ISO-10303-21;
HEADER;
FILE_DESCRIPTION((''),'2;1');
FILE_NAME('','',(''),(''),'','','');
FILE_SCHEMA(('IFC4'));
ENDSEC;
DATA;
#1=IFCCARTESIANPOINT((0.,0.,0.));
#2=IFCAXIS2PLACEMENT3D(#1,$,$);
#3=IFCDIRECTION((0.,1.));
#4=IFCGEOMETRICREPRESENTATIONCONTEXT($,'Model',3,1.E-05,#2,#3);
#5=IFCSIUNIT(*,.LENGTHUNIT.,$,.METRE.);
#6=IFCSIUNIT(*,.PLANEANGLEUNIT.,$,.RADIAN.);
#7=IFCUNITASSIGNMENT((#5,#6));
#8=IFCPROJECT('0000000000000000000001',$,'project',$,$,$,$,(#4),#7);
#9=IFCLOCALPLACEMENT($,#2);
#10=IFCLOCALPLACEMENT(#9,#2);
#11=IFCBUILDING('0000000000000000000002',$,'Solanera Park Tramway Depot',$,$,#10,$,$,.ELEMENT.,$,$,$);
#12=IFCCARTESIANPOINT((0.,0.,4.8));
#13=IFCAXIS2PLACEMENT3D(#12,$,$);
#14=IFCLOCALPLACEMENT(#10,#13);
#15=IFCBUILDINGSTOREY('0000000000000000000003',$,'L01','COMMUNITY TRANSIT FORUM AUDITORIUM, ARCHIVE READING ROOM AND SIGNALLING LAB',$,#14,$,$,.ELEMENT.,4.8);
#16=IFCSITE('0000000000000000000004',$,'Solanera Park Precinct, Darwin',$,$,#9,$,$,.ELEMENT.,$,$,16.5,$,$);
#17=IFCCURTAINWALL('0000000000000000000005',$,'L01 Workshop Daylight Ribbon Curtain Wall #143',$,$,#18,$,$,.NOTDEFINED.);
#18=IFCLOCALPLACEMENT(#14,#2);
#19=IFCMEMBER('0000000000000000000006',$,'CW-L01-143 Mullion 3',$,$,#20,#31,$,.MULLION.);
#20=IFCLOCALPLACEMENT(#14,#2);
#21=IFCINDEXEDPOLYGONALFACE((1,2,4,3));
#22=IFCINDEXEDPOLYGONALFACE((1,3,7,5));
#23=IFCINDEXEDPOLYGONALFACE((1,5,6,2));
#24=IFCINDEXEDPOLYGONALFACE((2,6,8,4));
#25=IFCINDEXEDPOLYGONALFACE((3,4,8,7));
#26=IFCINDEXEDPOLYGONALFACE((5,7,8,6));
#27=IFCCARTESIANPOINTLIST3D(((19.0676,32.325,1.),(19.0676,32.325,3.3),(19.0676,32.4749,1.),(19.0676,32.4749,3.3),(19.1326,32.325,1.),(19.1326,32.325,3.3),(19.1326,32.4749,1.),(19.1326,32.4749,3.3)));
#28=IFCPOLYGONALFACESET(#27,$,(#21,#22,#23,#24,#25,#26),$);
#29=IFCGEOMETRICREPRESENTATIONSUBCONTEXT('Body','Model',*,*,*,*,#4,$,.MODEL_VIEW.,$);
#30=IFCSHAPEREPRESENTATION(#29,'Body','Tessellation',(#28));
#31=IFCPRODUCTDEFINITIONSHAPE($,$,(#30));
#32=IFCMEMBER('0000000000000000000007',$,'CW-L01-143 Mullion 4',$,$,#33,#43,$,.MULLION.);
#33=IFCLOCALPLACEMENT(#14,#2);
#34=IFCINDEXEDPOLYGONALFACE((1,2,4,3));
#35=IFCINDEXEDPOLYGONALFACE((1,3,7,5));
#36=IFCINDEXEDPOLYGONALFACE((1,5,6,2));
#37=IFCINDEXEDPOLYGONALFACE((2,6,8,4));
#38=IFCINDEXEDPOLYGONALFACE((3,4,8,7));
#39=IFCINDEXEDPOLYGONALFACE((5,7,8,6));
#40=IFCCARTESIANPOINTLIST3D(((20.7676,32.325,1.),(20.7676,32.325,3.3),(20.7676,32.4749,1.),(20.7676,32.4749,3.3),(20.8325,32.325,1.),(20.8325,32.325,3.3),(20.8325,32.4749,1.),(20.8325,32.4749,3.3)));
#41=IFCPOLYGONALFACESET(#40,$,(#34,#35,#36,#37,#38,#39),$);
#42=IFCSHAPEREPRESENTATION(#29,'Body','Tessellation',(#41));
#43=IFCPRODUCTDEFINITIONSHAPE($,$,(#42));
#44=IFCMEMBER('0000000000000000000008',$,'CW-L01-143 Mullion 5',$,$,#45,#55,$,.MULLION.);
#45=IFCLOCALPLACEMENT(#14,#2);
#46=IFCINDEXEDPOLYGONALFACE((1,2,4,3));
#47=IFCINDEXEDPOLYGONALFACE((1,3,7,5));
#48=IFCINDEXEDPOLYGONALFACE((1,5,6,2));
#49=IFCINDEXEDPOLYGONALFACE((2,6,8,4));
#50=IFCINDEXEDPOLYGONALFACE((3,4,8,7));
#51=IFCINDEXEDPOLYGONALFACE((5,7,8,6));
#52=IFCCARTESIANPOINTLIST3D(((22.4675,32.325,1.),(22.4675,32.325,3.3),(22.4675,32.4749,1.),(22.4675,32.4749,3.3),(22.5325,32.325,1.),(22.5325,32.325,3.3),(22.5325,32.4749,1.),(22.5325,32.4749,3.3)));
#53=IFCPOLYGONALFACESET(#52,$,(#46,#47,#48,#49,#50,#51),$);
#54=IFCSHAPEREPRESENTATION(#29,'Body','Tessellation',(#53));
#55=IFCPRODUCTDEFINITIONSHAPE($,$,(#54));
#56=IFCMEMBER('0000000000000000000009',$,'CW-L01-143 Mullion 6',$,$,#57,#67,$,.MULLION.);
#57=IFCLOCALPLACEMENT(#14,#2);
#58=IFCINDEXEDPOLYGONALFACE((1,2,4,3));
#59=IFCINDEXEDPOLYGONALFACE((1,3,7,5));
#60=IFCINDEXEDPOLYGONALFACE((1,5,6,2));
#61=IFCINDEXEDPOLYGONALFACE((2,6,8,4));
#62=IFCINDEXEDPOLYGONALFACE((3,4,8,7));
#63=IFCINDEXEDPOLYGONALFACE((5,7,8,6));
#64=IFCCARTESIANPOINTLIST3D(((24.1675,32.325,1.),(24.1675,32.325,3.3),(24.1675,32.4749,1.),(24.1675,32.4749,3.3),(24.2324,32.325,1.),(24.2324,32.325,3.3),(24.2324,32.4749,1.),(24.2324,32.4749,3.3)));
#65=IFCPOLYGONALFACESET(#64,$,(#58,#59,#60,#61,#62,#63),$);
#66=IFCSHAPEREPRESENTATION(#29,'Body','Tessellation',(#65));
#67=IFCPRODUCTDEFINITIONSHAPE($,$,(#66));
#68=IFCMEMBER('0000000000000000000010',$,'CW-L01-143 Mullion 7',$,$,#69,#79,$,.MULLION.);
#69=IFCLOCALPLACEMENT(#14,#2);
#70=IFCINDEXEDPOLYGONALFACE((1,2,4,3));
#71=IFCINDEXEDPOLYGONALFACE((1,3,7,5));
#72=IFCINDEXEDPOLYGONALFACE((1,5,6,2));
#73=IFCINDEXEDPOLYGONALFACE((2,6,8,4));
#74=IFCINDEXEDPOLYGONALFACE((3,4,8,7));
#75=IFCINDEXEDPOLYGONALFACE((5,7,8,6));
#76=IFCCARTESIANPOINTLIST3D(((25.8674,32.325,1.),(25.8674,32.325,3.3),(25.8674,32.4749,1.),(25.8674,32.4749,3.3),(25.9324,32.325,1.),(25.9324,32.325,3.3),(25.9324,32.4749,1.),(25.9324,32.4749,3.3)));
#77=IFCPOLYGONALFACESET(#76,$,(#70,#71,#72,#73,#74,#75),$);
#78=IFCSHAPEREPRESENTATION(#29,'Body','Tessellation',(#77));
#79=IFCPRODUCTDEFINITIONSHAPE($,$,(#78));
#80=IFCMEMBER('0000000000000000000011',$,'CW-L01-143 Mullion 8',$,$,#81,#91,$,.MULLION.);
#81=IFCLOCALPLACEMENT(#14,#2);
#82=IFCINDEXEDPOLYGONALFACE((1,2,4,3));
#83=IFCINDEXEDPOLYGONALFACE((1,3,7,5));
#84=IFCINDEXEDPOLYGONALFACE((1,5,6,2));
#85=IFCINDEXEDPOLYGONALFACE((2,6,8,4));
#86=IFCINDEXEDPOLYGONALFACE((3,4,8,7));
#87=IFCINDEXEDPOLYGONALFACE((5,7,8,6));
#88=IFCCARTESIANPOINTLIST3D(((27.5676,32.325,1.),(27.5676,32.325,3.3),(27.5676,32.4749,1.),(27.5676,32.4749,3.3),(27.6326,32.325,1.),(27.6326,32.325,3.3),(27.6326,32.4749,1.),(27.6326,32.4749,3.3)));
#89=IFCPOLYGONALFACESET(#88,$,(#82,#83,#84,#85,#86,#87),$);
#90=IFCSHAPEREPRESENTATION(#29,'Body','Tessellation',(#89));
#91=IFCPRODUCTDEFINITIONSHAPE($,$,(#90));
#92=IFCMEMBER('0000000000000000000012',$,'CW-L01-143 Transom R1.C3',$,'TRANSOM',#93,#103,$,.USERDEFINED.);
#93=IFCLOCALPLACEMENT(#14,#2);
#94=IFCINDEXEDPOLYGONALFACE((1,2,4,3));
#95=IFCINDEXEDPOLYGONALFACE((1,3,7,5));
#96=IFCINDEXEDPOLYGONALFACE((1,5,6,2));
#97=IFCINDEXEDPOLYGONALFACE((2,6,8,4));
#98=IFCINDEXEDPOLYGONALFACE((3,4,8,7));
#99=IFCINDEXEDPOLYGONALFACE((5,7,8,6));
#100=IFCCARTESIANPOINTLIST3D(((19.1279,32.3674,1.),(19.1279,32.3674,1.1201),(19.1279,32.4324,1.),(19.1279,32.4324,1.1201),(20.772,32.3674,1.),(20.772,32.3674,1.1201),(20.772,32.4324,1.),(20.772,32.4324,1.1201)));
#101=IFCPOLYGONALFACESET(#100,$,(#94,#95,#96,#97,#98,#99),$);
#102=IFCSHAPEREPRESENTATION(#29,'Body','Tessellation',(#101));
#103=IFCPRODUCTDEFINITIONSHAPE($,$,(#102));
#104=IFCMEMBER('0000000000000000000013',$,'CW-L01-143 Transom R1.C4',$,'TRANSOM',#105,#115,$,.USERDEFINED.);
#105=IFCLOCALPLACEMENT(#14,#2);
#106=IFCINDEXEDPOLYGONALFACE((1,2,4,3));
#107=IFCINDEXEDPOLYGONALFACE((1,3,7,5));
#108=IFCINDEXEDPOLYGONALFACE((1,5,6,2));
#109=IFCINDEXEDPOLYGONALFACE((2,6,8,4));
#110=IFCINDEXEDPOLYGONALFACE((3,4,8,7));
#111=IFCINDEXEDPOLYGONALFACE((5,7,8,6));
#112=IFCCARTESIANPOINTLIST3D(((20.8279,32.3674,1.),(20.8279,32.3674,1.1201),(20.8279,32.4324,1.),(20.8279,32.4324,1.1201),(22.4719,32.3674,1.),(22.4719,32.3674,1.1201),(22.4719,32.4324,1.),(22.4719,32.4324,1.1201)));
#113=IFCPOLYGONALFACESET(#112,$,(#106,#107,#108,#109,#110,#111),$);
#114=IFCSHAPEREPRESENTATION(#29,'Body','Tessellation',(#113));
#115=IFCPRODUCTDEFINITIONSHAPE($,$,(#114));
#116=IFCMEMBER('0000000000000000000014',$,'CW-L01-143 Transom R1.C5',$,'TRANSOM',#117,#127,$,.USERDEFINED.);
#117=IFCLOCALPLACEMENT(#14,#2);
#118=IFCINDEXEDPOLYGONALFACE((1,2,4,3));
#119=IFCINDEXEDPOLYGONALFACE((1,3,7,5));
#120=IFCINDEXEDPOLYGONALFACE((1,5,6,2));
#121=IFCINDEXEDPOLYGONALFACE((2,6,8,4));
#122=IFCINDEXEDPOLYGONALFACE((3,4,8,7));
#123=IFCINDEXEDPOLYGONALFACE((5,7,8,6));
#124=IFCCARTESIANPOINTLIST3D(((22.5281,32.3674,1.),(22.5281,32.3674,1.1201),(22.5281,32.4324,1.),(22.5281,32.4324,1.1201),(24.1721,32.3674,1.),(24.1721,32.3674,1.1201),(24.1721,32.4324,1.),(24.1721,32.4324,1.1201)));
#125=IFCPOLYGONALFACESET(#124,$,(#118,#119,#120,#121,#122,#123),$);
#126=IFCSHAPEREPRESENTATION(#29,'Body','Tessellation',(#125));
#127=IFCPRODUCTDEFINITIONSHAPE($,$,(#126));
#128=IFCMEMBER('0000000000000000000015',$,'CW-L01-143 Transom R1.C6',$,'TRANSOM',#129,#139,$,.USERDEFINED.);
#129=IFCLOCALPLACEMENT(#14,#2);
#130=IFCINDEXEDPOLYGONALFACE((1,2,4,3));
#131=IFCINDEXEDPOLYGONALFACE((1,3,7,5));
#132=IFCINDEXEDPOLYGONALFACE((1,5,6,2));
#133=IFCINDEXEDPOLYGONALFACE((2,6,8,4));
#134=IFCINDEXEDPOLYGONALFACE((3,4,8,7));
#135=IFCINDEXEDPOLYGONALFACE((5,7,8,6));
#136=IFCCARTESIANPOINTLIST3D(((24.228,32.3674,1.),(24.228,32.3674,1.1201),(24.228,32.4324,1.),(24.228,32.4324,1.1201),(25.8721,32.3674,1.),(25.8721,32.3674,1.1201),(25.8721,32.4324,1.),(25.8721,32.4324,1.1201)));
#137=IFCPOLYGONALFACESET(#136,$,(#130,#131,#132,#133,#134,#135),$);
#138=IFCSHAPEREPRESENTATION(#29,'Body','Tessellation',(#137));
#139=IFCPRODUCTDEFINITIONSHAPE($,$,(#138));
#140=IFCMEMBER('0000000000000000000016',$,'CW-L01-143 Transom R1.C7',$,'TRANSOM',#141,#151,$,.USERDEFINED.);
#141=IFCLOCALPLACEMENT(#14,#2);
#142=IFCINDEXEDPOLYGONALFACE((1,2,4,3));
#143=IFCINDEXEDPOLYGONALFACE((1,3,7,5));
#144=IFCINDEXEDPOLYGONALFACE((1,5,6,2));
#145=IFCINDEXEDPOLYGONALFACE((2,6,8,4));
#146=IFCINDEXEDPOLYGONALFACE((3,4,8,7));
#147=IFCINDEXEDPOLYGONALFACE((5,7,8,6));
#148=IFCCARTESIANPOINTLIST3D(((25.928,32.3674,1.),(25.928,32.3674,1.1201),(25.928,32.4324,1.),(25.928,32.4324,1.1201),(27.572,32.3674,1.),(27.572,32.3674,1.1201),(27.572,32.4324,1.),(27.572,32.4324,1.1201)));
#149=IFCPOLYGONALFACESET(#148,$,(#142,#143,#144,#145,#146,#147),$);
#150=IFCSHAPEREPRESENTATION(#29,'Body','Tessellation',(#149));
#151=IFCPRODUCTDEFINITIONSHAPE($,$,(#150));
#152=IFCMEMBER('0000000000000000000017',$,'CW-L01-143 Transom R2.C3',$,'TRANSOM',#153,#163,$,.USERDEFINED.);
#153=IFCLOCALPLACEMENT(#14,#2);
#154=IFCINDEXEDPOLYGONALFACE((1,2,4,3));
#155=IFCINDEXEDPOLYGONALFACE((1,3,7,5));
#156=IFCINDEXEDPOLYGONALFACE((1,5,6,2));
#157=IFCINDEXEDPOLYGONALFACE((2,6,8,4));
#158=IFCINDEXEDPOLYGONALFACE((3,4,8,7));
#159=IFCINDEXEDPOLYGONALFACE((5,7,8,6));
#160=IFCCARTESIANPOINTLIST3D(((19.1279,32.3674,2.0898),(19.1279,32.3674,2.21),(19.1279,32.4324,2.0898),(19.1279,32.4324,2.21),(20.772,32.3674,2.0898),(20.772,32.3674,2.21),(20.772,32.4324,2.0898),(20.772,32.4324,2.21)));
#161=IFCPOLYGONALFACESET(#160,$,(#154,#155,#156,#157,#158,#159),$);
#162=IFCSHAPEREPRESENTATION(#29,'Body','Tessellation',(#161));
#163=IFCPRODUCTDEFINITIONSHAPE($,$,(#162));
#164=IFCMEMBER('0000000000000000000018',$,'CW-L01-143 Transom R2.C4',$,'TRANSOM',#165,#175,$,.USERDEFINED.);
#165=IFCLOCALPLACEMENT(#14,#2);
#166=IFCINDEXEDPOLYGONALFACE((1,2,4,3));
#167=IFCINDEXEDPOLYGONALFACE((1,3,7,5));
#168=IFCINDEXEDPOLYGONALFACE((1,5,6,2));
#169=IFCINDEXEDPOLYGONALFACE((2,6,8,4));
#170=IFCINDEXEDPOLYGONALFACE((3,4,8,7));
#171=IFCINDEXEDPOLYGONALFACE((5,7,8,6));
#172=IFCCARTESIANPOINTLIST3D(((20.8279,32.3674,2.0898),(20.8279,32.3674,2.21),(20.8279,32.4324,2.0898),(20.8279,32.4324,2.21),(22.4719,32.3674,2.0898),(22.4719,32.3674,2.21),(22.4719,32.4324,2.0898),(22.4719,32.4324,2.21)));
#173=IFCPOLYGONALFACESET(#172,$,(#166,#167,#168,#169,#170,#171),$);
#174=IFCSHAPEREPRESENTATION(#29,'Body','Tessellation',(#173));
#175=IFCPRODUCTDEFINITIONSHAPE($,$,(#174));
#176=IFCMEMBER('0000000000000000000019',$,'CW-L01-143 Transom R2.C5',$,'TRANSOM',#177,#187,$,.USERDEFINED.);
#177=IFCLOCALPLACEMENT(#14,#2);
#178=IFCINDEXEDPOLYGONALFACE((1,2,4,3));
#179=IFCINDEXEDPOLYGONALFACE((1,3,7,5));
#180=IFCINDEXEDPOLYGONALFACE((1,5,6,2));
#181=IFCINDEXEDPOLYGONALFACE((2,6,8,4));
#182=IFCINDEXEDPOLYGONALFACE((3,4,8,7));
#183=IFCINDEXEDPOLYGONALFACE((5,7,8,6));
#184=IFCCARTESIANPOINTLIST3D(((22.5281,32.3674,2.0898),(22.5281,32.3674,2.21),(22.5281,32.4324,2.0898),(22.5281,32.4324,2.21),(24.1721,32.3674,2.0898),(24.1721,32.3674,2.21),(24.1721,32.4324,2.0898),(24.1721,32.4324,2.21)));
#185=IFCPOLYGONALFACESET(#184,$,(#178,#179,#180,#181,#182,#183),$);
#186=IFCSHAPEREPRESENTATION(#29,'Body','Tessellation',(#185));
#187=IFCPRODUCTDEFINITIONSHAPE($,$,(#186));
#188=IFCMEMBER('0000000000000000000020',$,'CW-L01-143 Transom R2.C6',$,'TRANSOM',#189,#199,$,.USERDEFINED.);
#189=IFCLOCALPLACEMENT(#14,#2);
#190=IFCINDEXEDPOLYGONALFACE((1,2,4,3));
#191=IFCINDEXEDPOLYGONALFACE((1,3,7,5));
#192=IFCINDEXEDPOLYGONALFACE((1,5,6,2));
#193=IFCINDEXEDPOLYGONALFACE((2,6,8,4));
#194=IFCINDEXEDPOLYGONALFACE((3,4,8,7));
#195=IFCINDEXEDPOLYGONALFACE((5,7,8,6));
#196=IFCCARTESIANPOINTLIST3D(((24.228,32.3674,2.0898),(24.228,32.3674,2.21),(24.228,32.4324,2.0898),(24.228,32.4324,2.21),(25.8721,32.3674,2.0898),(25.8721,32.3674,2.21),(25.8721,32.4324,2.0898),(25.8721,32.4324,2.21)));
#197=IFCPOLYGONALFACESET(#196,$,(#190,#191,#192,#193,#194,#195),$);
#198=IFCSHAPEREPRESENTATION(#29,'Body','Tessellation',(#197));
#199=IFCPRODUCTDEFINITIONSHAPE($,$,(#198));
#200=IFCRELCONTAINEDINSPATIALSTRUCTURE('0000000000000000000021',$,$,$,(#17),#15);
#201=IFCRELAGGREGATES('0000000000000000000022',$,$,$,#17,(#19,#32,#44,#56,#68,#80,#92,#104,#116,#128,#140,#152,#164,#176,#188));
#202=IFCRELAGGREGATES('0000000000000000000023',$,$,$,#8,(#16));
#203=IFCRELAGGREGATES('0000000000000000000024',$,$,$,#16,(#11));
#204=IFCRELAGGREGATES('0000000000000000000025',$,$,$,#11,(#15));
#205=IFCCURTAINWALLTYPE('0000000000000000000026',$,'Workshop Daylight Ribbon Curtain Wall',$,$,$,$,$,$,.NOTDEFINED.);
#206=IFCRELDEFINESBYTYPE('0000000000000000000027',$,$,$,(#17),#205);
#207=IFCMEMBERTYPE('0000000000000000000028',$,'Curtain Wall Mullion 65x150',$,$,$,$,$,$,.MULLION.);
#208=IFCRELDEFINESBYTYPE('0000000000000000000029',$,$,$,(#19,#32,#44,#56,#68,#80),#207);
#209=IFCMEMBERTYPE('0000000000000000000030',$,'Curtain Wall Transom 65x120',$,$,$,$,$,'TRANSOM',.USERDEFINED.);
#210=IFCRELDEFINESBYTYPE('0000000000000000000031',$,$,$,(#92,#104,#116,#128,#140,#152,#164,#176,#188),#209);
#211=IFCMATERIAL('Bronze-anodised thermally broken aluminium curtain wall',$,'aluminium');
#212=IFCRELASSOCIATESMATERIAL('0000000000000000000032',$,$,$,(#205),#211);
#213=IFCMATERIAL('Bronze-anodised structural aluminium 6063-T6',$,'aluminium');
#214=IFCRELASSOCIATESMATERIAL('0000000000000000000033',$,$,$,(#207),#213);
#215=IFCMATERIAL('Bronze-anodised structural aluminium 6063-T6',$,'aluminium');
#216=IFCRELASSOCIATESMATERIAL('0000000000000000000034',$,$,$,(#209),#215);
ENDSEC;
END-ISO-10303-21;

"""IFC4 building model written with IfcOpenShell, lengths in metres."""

from ifc_helpers import new_model, si_unit, direction, frame, origin, origin_2d, place, context, subcontext, project, spatial, rectangle, extrude, material, material_profile, profile_set, type_object, element, aggregate, save


model = new_model("IFC4")

# Units and contexts
model_context = context("Model", 3, precision=1e-05, world=origin(), true_north=direction((0.0, 1.0)))
body_context = subcontext(model_context, "Body", "Model", "MODEL_VIEW")
ifc_project = project(units=[si_unit("LENGTHUNIT", "METRE"), si_unit("PLANEANGLEUNIT", "RADIAN")], contexts=[model_context])

# Site, building, storey
site_placement = place(None, origin())
site = spatial("IfcSite", under=ifc_project, at=site_placement, Name="Solanera Park Precinct, Darwin", CompositionType="ELEMENT", RefElevation=16.5)
building_placement = place(site_placement, origin())
building = spatial("IfcBuilding", under=site, at=building_placement, Name="Solanera Park Tramway Depot", CompositionType="ELEMENT")
storey_placement = place(building_placement, frame((0.0, 0.0, 4.8)))
storey = spatial("IfcBuildingStorey", under=building, at=storey_placement, Name="L01", Description="COMMUNITY TRANSIT FORUM AUDITORIUM, ARCHIVE READING ROOM AND SIGNALLING LAB", CompositionType="ELEMENT", Elevation=4.8)

# Curtain wall, members
ifc_material_1 = material(Name="Bronze-anodised thermally broken aluminium curtain wall", Category="aluminium")
curtain_wall_type = type_object("IfcCurtainWallType", Name="Workshop Daylight Ribbon Curtain Wall", PredefinedType="NOTDEFINED", material=ifc_material_1)
curtain_wall_placement = place(storey_placement, origin())
curtain_wall = element("IfcCurtainWall", 1, at=curtain_wall_placement, inside=storey, type_object=curtain_wall_type, Name="L01 Workshop Daylight Ribbon Curtain Wall #143", PredefinedType="NOTDEFINED")
ifc_material_2 = material(Name="Bronze-anodised structural aluminium 6063-T6", Category="aluminium")
ifc_material_profile_1 = material_profile(ifc_material_2, rectangle(XDim=0.0649, YDim=0.1499, at=origin_2d()), Name="Curtain Wall Mullion 65x150")
ifc_profile_set_1 = profile_set([ifc_material_profile_1], Name="Bronze-anodised structural aluminium 6063-T6")
member_type_1 = type_object("IfcMemberType", Name="Curtain Wall Mullion 65x150", PredefinedType="MULLION", material=ifc_profile_set_1)
member_1_placement = place(storey_placement, frame((19.1001, 32.3999, 1.0), z_axis=(0.0, 0.0, 1.0), x_axis=(1.0, 0.0, 0.0)))
member_1 = element("IfcMember", 2, at=member_1_placement, type_object=member_type_1, Name="CW-L01-143 Mullion 3", PredefinedType="MULLION", context=body_context, shape_type="SweptSolid", body=[
    extrude(rectangle(XDim=0.0649, YDim=0.1499, at=origin_2d()), origin(), (0.0, 0.0, 1.0), 2.3),
])
member_2_placement = place(storey_placement, frame((20.8, 32.3999, 1.0), z_axis=(0.0, 0.0, 1.0), x_axis=(1.0, 0.0, 0.0)))
member_2 = element("IfcMember", 3, at=member_2_placement, type_object=member_type_1, Name="CW-L01-143 Mullion 4", PredefinedType="MULLION", context=body_context, shape_type="SweptSolid", body=[
    extrude(rectangle(XDim=0.0649, YDim=0.1499, at=origin_2d()), origin(), (0.0, 0.0, 1.0), 2.3),
])
member_3_placement = place(storey_placement, frame((22.5, 32.3999, 1.0), z_axis=(0.0, 0.0, 1.0), x_axis=(1.0, 0.0, 0.0)))
member_3 = element("IfcMember", 4, at=member_3_placement, type_object=member_type_1, Name="CW-L01-143 Mullion 5", PredefinedType="MULLION", context=body_context, shape_type="SweptSolid", body=[
    extrude(rectangle(XDim=0.0649, YDim=0.1499, at=origin_2d()), origin(), (0.0, 0.0, 1.0), 2.3),
])
member_4_placement = place(storey_placement, frame((24.2, 32.3999, 1.0), z_axis=(0.0, 0.0, 1.0), x_axis=(1.0, 0.0, 0.0)))
member_4 = element("IfcMember", 5, at=member_4_placement, type_object=member_type_1, Name="CW-L01-143 Mullion 6", PredefinedType="MULLION", context=body_context, shape_type="SweptSolid", body=[
    extrude(rectangle(XDim=0.0649, YDim=0.1499, at=origin_2d()), origin(), (0.0, 0.0, 1.0), 2.3),
])
member_5_placement = place(storey_placement, frame((25.8999, 32.3999, 1.0), z_axis=(0.0, 0.0, 1.0), x_axis=(1.0, 0.0, 0.0)))
member_5 = element("IfcMember", 6, at=member_5_placement, type_object=member_type_1, Name="CW-L01-143 Mullion 7", PredefinedType="MULLION", context=body_context, shape_type="SweptSolid", body=[
    extrude(rectangle(XDim=0.0649, YDim=0.1499, at=origin_2d()), origin(), (0.0, 0.0, 1.0), 2.3),
])
member_6_placement = place(storey_placement, frame((27.6001, 32.3999, 1.0), z_axis=(0.0, 0.0, 1.0), x_axis=(1.0, 0.0, 0.0)))
member_6 = element("IfcMember", 7, at=member_6_placement, type_object=member_type_1, Name="CW-L01-143 Mullion 8", PredefinedType="MULLION", context=body_context, shape_type="SweptSolid", body=[
    extrude(rectangle(XDim=0.0649, YDim=0.1499, at=origin_2d()), origin(), (0.0, 0.0, 1.0), 2.3),
])
ifc_material_3 = material(Name="Bronze-anodised structural aluminium 6063-T6", Category="aluminium")
ifc_material_profile_2 = material_profile(ifc_material_3, rectangle(XDim=0.0649, YDim=0.1201, at=origin_2d()), Name="Curtain Wall Transom 65x120")
ifc_profile_set_2 = profile_set([ifc_material_profile_2], Name="Bronze-anodised structural aluminium 6063-T6")
member_type_2 = type_object("IfcMemberType", Name="Curtain Wall Transom 65x120", ElementType="TRANSOM", PredefinedType="USERDEFINED", material=ifc_profile_set_2)
member_7_placement = place(storey_placement, frame((19.1279, 32.3999, 1.0601), z_axis=(1.0, 0.0, 0.0), x_axis=(0.0, 1.0, 0.0)))
member_7 = element("IfcMember", 8, at=member_7_placement, type_object=member_type_2, Name="CW-L01-143 Transom R1.C3", ObjectType="TRANSOM", PredefinedType="USERDEFINED", context=body_context, shape_type="SweptSolid", body=[
    extrude(rectangle(XDim=0.0649, YDim=0.1201, at=origin_2d()), origin(), (0.0, 0.0, 1.0), 1.644),
])
member_8_placement = place(storey_placement, frame((20.8279, 32.3999, 1.0601), z_axis=(1.0, 0.0, 0.0), x_axis=(0.0, 1.0, 0.0)))
member_8 = element("IfcMember", 9, at=member_8_placement, type_object=member_type_2, Name="CW-L01-143 Transom R1.C4", ObjectType="TRANSOM", PredefinedType="USERDEFINED", context=body_context, shape_type="SweptSolid", body=[
    extrude(rectangle(XDim=0.0649, YDim=0.1201, at=origin_2d()), origin(), (0.0, 0.0, 1.0), 1.644),
])
member_9_placement = place(storey_placement, frame((22.5281, 32.3999, 1.0601), z_axis=(1.0, 0.0, 0.0), x_axis=(0.0, 1.0, 0.0)))
member_9 = element("IfcMember", 10, at=member_9_placement, type_object=member_type_2, Name="CW-L01-143 Transom R1.C5", ObjectType="TRANSOM", PredefinedType="USERDEFINED", context=body_context, shape_type="SweptSolid", body=[
    extrude(rectangle(XDim=0.0649, YDim=0.1201, at=origin_2d()), origin(), (0.0, 0.0, 1.0), 1.644),
])
member_10_placement = place(storey_placement, frame((24.228, 32.3999, 1.0601), z_axis=(1.0, 0.0, 0.0), x_axis=(0.0, 1.0, 0.0)))
member_10 = element("IfcMember", 11, at=member_10_placement, type_object=member_type_2, Name="CW-L01-143 Transom R1.C6", ObjectType="TRANSOM", PredefinedType="USERDEFINED", context=body_context, shape_type="SweptSolid", body=[
    extrude(rectangle(XDim=0.0649, YDim=0.1201, at=origin_2d()), origin(), (0.0, 0.0, 1.0), 1.644),
])
member_11_placement = place(storey_placement, frame((25.928, 32.3999, 1.0601), z_axis=(1.0, 0.0, 0.0), x_axis=(0.0, 1.0, 0.0)))
member_11 = element("IfcMember", 12, at=member_11_placement, type_object=member_type_2, Name="CW-L01-143 Transom R1.C7", ObjectType="TRANSOM", PredefinedType="USERDEFINED", context=body_context, shape_type="SweptSolid", body=[
    extrude(rectangle(XDim=0.0649, YDim=0.1201, at=origin_2d()), origin(), (0.0, 0.0, 1.0), 1.644),
])
member_12_placement = place(storey_placement, frame((19.1279, 32.3999, 2.1499), z_axis=(1.0, 0.0, 0.0), x_axis=(0.0, 1.0, 0.0)))
member_12 = element("IfcMember", 13, at=member_12_placement, type_object=member_type_2, Name="CW-L01-143 Transom R2.C3", ObjectType="TRANSOM", PredefinedType="USERDEFINED", context=body_context, shape_type="SweptSolid", body=[
    extrude(rectangle(XDim=0.0649, YDim=0.1201, at=origin_2d()), origin(), (0.0, 0.0, 1.0), 1.644),
])
member_13_placement = place(storey_placement, frame((20.8279, 32.3999, 2.1499), z_axis=(1.0, 0.0, 0.0), x_axis=(0.0, 1.0, 0.0)))
member_13 = element("IfcMember", 14, at=member_13_placement, type_object=member_type_2, Name="CW-L01-143 Transom R2.C4", ObjectType="TRANSOM", PredefinedType="USERDEFINED", context=body_context, shape_type="SweptSolid", body=[
    extrude(rectangle(XDim=0.0649, YDim=0.1201, at=origin_2d()), origin(), (0.0, 0.0, 1.0), 1.644),
])
member_14_placement = place(storey_placement, frame((22.5281, 32.3999, 2.1499), z_axis=(1.0, 0.0, 0.0), x_axis=(0.0, 1.0, 0.0)))
member_14 = element("IfcMember", 15, at=member_14_placement, type_object=member_type_2, Name="CW-L01-143 Transom R2.C5", ObjectType="TRANSOM", PredefinedType="USERDEFINED", context=body_context, shape_type="SweptSolid", body=[
    extrude(rectangle(XDim=0.0649, YDim=0.1201, at=origin_2d()), origin(), (0.0, 0.0, 1.0), 1.644),
])
member_15_placement = place(storey_placement, frame((24.228, 32.3999, 2.1499), z_axis=(1.0, 0.0, 0.0), x_axis=(0.0, 1.0, 0.0)))
member_15 = element("IfcMember", 16, at=member_15_placement, type_object=member_type_2, Name="CW-L01-143 Transom R2.C6", ObjectType="TRANSOM", PredefinedType="USERDEFINED", context=body_context, shape_type="SweptSolid", body=[
    extrude(rectangle(XDim=0.0649, YDim=0.1201, at=origin_2d()), origin(), (0.0, 0.0, 1.0), 1.644),
])
aggregate(curtain_wall, [member_1, member_2, member_3, member_4, member_5, member_6, member_7, member_8, member_9, member_10, member_11, member_12, member_13, member_14, member_15])

save(model, "model.ifc")
